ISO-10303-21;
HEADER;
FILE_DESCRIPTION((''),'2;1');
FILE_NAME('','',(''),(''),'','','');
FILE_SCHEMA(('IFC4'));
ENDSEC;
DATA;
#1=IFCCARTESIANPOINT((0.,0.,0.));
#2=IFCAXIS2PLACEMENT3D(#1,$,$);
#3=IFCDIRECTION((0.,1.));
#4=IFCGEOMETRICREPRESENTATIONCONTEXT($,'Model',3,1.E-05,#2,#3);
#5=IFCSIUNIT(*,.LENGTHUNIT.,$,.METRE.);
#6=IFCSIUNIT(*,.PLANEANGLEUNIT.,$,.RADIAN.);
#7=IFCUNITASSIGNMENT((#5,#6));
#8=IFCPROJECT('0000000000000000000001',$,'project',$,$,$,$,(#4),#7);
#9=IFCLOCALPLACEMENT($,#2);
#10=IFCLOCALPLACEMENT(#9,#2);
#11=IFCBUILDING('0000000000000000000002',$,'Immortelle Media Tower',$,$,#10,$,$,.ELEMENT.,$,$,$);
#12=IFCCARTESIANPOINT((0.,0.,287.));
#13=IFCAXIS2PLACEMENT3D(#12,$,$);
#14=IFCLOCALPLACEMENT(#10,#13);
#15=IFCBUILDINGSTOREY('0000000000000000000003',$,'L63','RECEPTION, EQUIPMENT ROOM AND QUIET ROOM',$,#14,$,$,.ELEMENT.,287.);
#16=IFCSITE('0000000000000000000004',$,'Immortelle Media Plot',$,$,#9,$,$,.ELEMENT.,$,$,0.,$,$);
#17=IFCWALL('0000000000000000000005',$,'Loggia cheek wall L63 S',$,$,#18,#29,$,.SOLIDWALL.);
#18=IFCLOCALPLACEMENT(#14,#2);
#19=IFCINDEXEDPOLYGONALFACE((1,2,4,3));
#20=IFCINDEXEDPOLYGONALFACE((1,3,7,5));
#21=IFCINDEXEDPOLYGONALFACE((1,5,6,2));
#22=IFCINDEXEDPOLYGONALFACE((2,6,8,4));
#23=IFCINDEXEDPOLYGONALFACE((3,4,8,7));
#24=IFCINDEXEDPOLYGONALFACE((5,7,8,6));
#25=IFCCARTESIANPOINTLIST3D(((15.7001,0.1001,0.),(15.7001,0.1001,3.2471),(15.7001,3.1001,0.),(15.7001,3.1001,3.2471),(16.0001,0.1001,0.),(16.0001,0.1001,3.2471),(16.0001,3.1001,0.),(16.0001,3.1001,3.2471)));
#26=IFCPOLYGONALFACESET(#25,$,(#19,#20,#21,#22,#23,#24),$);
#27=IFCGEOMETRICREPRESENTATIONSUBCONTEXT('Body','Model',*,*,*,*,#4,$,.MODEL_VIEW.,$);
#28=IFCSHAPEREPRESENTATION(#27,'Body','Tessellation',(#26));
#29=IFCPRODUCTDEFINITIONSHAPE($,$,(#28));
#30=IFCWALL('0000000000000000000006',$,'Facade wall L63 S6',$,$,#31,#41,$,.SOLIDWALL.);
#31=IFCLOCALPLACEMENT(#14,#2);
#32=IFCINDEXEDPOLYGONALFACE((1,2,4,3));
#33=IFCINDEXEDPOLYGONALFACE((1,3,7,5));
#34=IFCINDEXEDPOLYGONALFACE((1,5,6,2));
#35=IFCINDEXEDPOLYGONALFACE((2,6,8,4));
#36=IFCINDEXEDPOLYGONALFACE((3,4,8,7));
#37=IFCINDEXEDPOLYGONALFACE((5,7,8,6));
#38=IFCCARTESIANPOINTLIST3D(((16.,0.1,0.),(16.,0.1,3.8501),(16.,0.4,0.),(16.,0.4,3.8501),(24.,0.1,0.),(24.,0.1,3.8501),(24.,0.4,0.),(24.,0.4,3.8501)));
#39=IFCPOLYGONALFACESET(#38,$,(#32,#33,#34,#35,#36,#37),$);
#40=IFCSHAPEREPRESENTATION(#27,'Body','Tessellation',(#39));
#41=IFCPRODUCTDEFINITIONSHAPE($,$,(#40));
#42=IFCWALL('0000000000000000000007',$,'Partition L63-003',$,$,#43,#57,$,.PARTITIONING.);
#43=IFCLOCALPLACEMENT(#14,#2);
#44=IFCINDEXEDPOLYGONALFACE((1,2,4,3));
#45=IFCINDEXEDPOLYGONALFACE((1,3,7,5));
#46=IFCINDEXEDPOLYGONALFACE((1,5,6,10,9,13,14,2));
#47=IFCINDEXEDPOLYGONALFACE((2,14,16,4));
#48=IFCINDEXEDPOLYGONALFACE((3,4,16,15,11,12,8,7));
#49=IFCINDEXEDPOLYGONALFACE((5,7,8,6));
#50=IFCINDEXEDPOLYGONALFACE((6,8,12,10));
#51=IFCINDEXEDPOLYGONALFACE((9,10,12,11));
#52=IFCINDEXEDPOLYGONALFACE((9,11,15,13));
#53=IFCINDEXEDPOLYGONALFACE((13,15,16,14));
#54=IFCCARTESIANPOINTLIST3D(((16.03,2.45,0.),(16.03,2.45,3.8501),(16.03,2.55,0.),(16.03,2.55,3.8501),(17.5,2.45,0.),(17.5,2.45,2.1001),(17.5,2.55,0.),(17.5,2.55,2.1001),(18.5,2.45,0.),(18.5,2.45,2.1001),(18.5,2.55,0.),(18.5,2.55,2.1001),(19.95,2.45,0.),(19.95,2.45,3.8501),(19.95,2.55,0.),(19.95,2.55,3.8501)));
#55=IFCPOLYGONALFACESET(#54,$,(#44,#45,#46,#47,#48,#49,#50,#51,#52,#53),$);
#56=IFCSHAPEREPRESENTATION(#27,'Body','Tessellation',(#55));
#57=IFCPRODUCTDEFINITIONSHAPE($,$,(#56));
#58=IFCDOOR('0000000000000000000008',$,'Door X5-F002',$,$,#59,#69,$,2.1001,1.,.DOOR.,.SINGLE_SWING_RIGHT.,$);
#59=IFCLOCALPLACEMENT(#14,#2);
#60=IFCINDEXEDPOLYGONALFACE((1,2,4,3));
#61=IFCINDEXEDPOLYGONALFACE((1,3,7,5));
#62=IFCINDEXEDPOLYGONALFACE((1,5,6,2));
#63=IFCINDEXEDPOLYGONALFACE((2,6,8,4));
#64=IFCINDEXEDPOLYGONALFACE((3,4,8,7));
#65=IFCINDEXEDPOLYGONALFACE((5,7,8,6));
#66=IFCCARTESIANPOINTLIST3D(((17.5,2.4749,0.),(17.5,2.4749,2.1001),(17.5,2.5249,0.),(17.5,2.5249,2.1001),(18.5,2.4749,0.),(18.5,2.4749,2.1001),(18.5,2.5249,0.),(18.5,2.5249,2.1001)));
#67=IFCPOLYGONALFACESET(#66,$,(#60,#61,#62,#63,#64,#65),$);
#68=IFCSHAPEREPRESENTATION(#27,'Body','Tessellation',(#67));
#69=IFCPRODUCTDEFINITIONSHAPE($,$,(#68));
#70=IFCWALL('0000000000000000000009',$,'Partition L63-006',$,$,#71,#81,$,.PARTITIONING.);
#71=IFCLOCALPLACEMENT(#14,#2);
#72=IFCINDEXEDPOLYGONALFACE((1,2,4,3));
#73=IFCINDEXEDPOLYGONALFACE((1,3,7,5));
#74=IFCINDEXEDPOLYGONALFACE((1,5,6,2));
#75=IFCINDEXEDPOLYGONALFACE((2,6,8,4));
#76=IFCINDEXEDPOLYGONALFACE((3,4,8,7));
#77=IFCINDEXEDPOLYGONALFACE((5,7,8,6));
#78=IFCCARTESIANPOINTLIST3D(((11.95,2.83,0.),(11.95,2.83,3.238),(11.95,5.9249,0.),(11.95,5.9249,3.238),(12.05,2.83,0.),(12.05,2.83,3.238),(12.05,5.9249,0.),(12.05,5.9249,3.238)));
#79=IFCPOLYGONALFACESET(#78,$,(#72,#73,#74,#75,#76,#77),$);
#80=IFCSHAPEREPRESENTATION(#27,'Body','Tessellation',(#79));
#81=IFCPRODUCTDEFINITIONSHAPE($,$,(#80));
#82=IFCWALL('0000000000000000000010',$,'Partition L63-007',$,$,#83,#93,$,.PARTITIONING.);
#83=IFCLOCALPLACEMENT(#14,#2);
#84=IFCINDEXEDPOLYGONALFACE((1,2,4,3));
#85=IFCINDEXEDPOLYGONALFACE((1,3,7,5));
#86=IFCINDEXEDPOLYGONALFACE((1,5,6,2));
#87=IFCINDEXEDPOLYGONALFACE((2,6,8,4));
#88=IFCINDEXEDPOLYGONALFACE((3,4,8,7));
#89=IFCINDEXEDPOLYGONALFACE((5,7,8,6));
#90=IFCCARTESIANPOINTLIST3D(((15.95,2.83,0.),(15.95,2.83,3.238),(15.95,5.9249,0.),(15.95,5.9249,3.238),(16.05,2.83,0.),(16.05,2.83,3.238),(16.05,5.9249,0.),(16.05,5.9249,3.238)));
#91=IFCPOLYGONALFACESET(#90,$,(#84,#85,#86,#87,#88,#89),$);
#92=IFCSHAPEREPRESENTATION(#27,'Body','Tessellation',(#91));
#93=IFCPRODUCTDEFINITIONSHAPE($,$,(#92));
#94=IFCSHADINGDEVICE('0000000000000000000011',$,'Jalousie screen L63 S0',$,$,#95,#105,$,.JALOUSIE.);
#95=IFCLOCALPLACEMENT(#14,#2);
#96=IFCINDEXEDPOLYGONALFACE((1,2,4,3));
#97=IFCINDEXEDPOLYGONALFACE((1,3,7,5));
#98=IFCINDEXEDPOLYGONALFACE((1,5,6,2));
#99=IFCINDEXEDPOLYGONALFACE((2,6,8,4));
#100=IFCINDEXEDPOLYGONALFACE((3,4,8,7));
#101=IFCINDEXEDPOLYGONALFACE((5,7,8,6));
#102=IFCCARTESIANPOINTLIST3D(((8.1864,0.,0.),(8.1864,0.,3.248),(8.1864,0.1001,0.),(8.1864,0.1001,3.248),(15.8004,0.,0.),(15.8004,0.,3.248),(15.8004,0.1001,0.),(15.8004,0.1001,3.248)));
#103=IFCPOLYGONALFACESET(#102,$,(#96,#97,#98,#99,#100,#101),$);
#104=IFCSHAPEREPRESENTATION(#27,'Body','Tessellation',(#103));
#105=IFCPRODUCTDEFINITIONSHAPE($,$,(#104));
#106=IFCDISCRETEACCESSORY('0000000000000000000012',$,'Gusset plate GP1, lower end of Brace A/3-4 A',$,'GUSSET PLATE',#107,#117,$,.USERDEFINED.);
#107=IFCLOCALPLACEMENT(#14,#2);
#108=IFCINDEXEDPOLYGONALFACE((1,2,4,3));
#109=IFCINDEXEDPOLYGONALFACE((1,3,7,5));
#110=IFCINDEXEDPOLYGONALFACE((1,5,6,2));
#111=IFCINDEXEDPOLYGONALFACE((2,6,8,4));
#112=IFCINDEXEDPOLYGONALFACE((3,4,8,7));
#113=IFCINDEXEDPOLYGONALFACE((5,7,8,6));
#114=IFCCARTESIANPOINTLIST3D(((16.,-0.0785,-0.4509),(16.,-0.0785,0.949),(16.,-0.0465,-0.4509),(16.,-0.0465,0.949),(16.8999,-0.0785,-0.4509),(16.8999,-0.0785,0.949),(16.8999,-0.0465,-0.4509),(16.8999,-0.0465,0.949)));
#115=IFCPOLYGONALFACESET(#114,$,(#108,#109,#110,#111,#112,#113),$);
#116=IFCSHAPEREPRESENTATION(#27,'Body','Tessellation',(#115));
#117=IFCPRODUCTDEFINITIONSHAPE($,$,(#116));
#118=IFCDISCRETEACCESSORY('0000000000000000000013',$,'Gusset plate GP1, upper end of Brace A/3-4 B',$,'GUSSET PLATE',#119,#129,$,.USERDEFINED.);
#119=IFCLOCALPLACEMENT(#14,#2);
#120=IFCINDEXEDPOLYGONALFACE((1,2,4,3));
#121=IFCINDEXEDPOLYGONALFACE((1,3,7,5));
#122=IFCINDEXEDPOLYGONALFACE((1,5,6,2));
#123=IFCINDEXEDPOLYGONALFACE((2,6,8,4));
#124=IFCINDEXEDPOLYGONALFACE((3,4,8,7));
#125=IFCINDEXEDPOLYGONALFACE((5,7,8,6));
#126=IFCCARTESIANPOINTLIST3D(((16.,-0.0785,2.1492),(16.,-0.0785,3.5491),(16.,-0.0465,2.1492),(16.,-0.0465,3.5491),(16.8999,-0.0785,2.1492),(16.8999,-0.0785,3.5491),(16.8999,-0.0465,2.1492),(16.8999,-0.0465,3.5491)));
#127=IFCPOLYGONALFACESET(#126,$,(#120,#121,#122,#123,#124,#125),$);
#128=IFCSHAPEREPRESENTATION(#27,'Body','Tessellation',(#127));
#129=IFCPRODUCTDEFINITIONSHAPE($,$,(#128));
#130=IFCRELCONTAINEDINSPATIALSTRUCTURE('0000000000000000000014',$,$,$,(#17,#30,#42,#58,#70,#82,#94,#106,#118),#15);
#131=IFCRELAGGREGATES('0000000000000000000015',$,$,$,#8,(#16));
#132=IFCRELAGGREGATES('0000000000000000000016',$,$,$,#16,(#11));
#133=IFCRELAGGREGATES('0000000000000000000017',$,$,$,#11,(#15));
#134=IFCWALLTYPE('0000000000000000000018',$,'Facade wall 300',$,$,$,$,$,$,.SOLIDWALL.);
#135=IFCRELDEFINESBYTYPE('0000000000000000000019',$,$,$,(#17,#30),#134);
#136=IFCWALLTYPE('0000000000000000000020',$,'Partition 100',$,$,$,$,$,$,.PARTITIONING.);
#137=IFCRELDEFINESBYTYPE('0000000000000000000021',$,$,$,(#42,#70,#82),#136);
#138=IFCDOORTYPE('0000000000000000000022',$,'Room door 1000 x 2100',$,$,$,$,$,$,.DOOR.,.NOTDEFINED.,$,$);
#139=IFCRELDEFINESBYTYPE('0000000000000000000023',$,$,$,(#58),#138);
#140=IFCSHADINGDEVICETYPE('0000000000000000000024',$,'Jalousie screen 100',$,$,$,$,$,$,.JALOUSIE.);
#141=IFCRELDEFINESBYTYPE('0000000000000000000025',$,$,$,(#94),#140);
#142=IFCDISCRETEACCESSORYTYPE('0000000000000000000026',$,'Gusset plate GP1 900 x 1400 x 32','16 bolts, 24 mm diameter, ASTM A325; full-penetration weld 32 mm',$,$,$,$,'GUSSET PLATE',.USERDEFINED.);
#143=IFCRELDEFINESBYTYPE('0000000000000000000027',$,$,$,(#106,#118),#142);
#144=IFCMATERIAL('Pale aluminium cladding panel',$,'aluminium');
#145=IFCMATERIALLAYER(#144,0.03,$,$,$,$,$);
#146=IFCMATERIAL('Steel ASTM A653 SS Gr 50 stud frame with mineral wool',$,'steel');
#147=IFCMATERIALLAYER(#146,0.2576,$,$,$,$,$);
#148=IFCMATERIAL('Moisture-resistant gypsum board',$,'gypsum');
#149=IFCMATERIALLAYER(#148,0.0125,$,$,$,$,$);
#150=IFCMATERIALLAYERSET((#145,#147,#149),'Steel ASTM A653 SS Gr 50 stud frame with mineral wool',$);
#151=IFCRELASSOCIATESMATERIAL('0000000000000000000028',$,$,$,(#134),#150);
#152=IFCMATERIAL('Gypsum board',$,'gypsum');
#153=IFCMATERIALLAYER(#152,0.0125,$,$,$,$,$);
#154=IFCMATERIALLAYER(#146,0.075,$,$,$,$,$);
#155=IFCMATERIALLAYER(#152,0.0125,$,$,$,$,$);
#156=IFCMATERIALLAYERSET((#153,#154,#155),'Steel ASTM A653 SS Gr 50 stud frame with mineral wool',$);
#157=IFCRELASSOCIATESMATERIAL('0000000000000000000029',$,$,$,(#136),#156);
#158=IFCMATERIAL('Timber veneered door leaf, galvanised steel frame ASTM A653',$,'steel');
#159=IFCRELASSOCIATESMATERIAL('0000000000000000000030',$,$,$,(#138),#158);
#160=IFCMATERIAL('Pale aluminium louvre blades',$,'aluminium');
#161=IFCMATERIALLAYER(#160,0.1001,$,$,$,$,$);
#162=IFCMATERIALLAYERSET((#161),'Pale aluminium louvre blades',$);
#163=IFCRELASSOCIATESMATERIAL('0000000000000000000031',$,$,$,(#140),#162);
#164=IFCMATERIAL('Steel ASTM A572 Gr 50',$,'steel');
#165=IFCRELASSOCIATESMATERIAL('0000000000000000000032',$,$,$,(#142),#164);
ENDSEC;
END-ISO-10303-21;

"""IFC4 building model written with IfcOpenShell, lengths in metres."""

from ifc_helpers import new_model, si_unit, direction, frame, frame_2d, origin, origin_2d, place, context, subcontext, project, spatial, rectangle, extrude, material, layer, layer_set, material_profile, profile_set, type_object, element, fill, save


model = new_model("IFC4")

# Units and contexts
model_context = context("Model", 3, precision=1e-05, world=origin(), true_north=direction((0.0, 1.0)))
body_context = subcontext(model_context, "Body", "Model", "MODEL_VIEW")
ifc_project = project(units=[si_unit("LENGTHUNIT", "METRE"), si_unit("PLANEANGLEUNIT", "RADIAN")], contexts=[model_context])

# Site, building, storey
site_placement = place(None, origin())
site = spatial("IfcSite", under=ifc_project, at=site_placement, Name="Immortelle Media Plot", CompositionType="ELEMENT", RefElevation=0.0)
building_placement = place(site_placement, origin())
building = spatial("IfcBuilding", under=site, at=building_placement, Name="Immortelle Media Tower", CompositionType="ELEMENT")
storey_placement = place(building_placement, frame((0.0, 0.0, 287.0)))
storey = spatial("IfcBuildingStorey", under=building, at=storey_placement, Name="L63", Description="RECEPTION, EQUIPMENT ROOM AND QUIET ROOM", CompositionType="ELEMENT", Elevation=287.0)

# Shared definitions
ifc_material_1 = material(Name="Pale aluminium cladding panel", Category="aluminium")
ifc_layer_1 = layer(ifc_material_1, 0.03)
ifc_material_2 = material(Name="Steel ASTM A653 SS Gr 50 stud frame with mineral wool", Category="steel")
ifc_layer_2 = layer(ifc_material_2, 0.2576)
ifc_material_3 = material(Name="Moisture-resistant gypsum board", Category="gypsum")
ifc_layer_3 = layer(ifc_material_3, 0.0125)
ifc_layer_set_1 = layer_set([ifc_layer_1, ifc_layer_2, ifc_layer_3], Name="Steel ASTM A653 SS Gr 50 stud frame with mineral wool")
wall_type_1 = type_object("IfcWallType", Name="Facade wall 300", PredefinedType="SOLIDWALL", material=ifc_layer_set_1)

# Walls
wall_1_placement = place(storey_placement, frame((15.8501, 0.1001, 0.0), z_axis=(0.0, 0.0, 1.0), x_axis=(0.0, 1.0, 0.0)))
element("IfcWall", 1, at=wall_1_placement, inside=storey, type_object=wall_type_1, Name="Loggia cheek wall L63 S", PredefinedType="SOLIDWALL", context=body_context, shape_type="SweptSolid", body=[
    extrude(rectangle(XDim=3.0, YDim=0.3, at=frame_2d((1.5, 0.0))), origin(), (0.0, 0.0, 1.0), 3.2471),
])
wall_2_placement = place(storey_placement, frame((16.0, 0.25, 0.0), z_axis=(0.0, 0.0, 1.0), x_axis=(1.0, 0.0, 0.0)))
element("IfcWall", 2, at=wall_2_placement, inside=storey, type_object=wall_type_1, Name="Facade wall L63 S6", PredefinedType="SOLIDWALL", context=body_context, shape_type="SweptSolid", body=[
    extrude(rectangle(XDim=8.0, YDim=0.3, at=frame_2d((4.0, 0.0))), origin(), (0.0, 0.0, 1.0), 3.8501),
])

# Wall, opening, door
ifc_material_4 = material(Name="Gypsum board", Category="gypsum")
ifc_layer_4 = layer(ifc_material_4, 0.0125)
ifc_layer_5 = layer(ifc_material_2, 0.075)
ifc_layer_6 = layer(ifc_material_4, 0.0125)
ifc_layer_set_2 = layer_set([ifc_layer_4, ifc_layer_5, ifc_layer_6], Name="Steel ASTM A653 SS Gr 50 stud frame with mineral wool")
wall_type_2 = type_object("IfcWallType", Name="Partition 100", PredefinedType="PARTITIONING", material=ifc_layer_set_2)
wall_3_placement = place(storey_placement, frame((16.03, 2.5, 0.0), z_axis=(0.0, 0.0, 1.0), x_axis=(1.0, 0.0, 0.0)))
wall_3 = element("IfcWall", 3, at=wall_3_placement, inside=storey, type_object=wall_type_2, Name="Partition L63-003", PredefinedType="PARTITIONING", context=body_context, shape_type="SweptSolid", body=[
    extrude(rectangle(XDim=3.9199, YDim=0.1001, at=frame_2d((1.96, 0.0))), origin(), (0.0, 0.0, 1.0), 3.8501),
])
opening_1_placement = place(wall_3_placement, frame((1.47, 0.0, 0.0)))
opening_1 = element("IfcOpeningElement", 4, at=opening_1_placement, cuts=wall_3, PredefinedType="OPENING", context=body_context, shape_type="SweptSolid", body=[
    extrude(rectangle(XDim=1.0, YDim=2.1001, at=frame_2d((0.5, 1.05))), frame((0.0, 0.0601, 0.0), z_axis=(0.0, -1.0, 0.0), x_axis=(1.0, 0.0, 0.0)), (0.0, 0.0, 1.0), 0.1201),
])
ifc_material_5 = material(Name="Timber veneered door leaf, galvanised steel frame ASTM A653", Category="steel")
door_type_1 = type_object("IfcDoorType", Name="Room door 1000 x 2100", OperationType="NOTDEFINED", PredefinedType="DOOR", material=ifc_material_5)
door_1_placement = place(opening_1_placement, origin())
door_1 = element("IfcDoor", 5, at=door_1_placement, inside=storey, type_object=door_type_1, Name="Door X5-F002", OperationType="SINGLE_SWING_RIGHT", OverallHeight=2.1001, OverallWidth=1.0, PredefinedType="DOOR", context=body_context, shape_type="SweptSolid", body=[
    extrude(rectangle(XDim=1.0, YDim=2.1001, at=frame_2d((0.5, 1.05))), frame((0.0, 0.0249, 0.0), z_axis=(0.0, -1.0, 0.0), x_axis=(1.0, 0.0, 0.0)), (0.0, 0.0, 1.0), 0.05),
])
fill(opening_1, door_1)

# Walls
for number, where, z_axis, x_axis, name in (
    (6, (12.0, 2.8301, 0.0), (0.0, 0.0, 1.0), (0.0, 1.0, 0.0), "Partition L63-006"),
    (7, (16.0, 2.8301, 0.0), (0.0, 0.0, 1.0), (0.0, 1.0, 0.0), "Partition L63-007"),
):
    element("IfcWall", number, at=place(storey_placement, frame(where, z_axis=z_axis, x_axis=x_axis)), inside=storey, type_object=wall_type_2, Name=name, PredefinedType="PARTITIONING", context=body_context, shape_type="SweptSolid", body=[
        extrude(rectangle(XDim=3.095, YDim=0.1001, at=frame_2d((1.5474, 0.0))), origin(), (0.0, 0.0, 1.0), 3.238),
    ])

# Shading device
ifc_material_6 = material(Name="Pale aluminium louvre blades", Category="aluminium")
ifc_layer_7 = layer(ifc_material_6, 0.1001)
ifc_layer_set_3 = layer_set([ifc_layer_7], Name="Pale aluminium louvre blades")
shading_device_type = type_object("IfcShadingDeviceType", Name="Jalousie screen 100", PredefinedType="JALOUSIE", material=ifc_layer_set_3)
shading_device_placement = place(storey_placement, frame((11.9934, 0.05, 0.0), z_axis=(0.0, 0.0, 1.0), x_axis=(1.0, 0.0, 0.0)))
element("IfcShadingDevice", 8, at=shading_device_placement, inside=storey, type_object=shading_device_type, Name="Jalousie screen L63 S0", PredefinedType="JALOUSIE", context=body_context, shape_type="SweptSolid", body=[
    extrude(rectangle(XDim=7.614, YDim=0.1001, at=origin_2d()), origin(), (0.0, 0.0, 1.0), 3.248),
])

# Discrete accessories
ifc_material_7 = material(Name="Steel ASTM A572 Gr 50", Category="steel")
ifc_material_profile_1 = material_profile(ifc_material_7, rectangle(XDim=0.032, YDim=1.3999, at=origin_2d()), Name="PL 32 x 1400")
ifc_profile_set_1 = profile_set([ifc_material_profile_1], Name="Steel ASTM A572 Gr 50")
discrete_accessory_type = type_object("IfcDiscreteAccessoryType", Name="Gusset plate GP1 900 x 1400 x 32", Description="16 bolts, 24 mm diameter, ASTM A325; full-penetration weld 32 mm", ElementType="GUSSET PLATE", PredefinedType="USERDEFINED", material=ifc_profile_set_1)
for number, where, z_axis, x_axis, name in (
    (9, (16.0, -0.0625, 0.249), (1.0, 0.0, 0.0), (0.0, 1.0, 0.0), "Gusset plate GP1, lower end of Brace A/3-4 A"),
    (10, (16.0, -0.0625, 2.8491), (1.0, 0.0, 0.0), (0.0, 1.0, 0.0), "Gusset plate GP1, upper end of Brace A/3-4 B"),
):
    element("IfcDiscreteAccessory", number, at=place(storey_placement, frame(where, z_axis=z_axis, x_axis=x_axis)), inside=storey, type_object=discrete_accessory_type, Name=name, ObjectType="GUSSET PLATE", PredefinedType="USERDEFINED", context=body_context, shape_type="SweptSolid", body=[
        extrude(rectangle(XDim=0.032, YDim=1.3999, at=origin_2d()), origin(), (0.0, 0.0, 1.0), 0.8999),
    ])

save(model, "model.ifc")
